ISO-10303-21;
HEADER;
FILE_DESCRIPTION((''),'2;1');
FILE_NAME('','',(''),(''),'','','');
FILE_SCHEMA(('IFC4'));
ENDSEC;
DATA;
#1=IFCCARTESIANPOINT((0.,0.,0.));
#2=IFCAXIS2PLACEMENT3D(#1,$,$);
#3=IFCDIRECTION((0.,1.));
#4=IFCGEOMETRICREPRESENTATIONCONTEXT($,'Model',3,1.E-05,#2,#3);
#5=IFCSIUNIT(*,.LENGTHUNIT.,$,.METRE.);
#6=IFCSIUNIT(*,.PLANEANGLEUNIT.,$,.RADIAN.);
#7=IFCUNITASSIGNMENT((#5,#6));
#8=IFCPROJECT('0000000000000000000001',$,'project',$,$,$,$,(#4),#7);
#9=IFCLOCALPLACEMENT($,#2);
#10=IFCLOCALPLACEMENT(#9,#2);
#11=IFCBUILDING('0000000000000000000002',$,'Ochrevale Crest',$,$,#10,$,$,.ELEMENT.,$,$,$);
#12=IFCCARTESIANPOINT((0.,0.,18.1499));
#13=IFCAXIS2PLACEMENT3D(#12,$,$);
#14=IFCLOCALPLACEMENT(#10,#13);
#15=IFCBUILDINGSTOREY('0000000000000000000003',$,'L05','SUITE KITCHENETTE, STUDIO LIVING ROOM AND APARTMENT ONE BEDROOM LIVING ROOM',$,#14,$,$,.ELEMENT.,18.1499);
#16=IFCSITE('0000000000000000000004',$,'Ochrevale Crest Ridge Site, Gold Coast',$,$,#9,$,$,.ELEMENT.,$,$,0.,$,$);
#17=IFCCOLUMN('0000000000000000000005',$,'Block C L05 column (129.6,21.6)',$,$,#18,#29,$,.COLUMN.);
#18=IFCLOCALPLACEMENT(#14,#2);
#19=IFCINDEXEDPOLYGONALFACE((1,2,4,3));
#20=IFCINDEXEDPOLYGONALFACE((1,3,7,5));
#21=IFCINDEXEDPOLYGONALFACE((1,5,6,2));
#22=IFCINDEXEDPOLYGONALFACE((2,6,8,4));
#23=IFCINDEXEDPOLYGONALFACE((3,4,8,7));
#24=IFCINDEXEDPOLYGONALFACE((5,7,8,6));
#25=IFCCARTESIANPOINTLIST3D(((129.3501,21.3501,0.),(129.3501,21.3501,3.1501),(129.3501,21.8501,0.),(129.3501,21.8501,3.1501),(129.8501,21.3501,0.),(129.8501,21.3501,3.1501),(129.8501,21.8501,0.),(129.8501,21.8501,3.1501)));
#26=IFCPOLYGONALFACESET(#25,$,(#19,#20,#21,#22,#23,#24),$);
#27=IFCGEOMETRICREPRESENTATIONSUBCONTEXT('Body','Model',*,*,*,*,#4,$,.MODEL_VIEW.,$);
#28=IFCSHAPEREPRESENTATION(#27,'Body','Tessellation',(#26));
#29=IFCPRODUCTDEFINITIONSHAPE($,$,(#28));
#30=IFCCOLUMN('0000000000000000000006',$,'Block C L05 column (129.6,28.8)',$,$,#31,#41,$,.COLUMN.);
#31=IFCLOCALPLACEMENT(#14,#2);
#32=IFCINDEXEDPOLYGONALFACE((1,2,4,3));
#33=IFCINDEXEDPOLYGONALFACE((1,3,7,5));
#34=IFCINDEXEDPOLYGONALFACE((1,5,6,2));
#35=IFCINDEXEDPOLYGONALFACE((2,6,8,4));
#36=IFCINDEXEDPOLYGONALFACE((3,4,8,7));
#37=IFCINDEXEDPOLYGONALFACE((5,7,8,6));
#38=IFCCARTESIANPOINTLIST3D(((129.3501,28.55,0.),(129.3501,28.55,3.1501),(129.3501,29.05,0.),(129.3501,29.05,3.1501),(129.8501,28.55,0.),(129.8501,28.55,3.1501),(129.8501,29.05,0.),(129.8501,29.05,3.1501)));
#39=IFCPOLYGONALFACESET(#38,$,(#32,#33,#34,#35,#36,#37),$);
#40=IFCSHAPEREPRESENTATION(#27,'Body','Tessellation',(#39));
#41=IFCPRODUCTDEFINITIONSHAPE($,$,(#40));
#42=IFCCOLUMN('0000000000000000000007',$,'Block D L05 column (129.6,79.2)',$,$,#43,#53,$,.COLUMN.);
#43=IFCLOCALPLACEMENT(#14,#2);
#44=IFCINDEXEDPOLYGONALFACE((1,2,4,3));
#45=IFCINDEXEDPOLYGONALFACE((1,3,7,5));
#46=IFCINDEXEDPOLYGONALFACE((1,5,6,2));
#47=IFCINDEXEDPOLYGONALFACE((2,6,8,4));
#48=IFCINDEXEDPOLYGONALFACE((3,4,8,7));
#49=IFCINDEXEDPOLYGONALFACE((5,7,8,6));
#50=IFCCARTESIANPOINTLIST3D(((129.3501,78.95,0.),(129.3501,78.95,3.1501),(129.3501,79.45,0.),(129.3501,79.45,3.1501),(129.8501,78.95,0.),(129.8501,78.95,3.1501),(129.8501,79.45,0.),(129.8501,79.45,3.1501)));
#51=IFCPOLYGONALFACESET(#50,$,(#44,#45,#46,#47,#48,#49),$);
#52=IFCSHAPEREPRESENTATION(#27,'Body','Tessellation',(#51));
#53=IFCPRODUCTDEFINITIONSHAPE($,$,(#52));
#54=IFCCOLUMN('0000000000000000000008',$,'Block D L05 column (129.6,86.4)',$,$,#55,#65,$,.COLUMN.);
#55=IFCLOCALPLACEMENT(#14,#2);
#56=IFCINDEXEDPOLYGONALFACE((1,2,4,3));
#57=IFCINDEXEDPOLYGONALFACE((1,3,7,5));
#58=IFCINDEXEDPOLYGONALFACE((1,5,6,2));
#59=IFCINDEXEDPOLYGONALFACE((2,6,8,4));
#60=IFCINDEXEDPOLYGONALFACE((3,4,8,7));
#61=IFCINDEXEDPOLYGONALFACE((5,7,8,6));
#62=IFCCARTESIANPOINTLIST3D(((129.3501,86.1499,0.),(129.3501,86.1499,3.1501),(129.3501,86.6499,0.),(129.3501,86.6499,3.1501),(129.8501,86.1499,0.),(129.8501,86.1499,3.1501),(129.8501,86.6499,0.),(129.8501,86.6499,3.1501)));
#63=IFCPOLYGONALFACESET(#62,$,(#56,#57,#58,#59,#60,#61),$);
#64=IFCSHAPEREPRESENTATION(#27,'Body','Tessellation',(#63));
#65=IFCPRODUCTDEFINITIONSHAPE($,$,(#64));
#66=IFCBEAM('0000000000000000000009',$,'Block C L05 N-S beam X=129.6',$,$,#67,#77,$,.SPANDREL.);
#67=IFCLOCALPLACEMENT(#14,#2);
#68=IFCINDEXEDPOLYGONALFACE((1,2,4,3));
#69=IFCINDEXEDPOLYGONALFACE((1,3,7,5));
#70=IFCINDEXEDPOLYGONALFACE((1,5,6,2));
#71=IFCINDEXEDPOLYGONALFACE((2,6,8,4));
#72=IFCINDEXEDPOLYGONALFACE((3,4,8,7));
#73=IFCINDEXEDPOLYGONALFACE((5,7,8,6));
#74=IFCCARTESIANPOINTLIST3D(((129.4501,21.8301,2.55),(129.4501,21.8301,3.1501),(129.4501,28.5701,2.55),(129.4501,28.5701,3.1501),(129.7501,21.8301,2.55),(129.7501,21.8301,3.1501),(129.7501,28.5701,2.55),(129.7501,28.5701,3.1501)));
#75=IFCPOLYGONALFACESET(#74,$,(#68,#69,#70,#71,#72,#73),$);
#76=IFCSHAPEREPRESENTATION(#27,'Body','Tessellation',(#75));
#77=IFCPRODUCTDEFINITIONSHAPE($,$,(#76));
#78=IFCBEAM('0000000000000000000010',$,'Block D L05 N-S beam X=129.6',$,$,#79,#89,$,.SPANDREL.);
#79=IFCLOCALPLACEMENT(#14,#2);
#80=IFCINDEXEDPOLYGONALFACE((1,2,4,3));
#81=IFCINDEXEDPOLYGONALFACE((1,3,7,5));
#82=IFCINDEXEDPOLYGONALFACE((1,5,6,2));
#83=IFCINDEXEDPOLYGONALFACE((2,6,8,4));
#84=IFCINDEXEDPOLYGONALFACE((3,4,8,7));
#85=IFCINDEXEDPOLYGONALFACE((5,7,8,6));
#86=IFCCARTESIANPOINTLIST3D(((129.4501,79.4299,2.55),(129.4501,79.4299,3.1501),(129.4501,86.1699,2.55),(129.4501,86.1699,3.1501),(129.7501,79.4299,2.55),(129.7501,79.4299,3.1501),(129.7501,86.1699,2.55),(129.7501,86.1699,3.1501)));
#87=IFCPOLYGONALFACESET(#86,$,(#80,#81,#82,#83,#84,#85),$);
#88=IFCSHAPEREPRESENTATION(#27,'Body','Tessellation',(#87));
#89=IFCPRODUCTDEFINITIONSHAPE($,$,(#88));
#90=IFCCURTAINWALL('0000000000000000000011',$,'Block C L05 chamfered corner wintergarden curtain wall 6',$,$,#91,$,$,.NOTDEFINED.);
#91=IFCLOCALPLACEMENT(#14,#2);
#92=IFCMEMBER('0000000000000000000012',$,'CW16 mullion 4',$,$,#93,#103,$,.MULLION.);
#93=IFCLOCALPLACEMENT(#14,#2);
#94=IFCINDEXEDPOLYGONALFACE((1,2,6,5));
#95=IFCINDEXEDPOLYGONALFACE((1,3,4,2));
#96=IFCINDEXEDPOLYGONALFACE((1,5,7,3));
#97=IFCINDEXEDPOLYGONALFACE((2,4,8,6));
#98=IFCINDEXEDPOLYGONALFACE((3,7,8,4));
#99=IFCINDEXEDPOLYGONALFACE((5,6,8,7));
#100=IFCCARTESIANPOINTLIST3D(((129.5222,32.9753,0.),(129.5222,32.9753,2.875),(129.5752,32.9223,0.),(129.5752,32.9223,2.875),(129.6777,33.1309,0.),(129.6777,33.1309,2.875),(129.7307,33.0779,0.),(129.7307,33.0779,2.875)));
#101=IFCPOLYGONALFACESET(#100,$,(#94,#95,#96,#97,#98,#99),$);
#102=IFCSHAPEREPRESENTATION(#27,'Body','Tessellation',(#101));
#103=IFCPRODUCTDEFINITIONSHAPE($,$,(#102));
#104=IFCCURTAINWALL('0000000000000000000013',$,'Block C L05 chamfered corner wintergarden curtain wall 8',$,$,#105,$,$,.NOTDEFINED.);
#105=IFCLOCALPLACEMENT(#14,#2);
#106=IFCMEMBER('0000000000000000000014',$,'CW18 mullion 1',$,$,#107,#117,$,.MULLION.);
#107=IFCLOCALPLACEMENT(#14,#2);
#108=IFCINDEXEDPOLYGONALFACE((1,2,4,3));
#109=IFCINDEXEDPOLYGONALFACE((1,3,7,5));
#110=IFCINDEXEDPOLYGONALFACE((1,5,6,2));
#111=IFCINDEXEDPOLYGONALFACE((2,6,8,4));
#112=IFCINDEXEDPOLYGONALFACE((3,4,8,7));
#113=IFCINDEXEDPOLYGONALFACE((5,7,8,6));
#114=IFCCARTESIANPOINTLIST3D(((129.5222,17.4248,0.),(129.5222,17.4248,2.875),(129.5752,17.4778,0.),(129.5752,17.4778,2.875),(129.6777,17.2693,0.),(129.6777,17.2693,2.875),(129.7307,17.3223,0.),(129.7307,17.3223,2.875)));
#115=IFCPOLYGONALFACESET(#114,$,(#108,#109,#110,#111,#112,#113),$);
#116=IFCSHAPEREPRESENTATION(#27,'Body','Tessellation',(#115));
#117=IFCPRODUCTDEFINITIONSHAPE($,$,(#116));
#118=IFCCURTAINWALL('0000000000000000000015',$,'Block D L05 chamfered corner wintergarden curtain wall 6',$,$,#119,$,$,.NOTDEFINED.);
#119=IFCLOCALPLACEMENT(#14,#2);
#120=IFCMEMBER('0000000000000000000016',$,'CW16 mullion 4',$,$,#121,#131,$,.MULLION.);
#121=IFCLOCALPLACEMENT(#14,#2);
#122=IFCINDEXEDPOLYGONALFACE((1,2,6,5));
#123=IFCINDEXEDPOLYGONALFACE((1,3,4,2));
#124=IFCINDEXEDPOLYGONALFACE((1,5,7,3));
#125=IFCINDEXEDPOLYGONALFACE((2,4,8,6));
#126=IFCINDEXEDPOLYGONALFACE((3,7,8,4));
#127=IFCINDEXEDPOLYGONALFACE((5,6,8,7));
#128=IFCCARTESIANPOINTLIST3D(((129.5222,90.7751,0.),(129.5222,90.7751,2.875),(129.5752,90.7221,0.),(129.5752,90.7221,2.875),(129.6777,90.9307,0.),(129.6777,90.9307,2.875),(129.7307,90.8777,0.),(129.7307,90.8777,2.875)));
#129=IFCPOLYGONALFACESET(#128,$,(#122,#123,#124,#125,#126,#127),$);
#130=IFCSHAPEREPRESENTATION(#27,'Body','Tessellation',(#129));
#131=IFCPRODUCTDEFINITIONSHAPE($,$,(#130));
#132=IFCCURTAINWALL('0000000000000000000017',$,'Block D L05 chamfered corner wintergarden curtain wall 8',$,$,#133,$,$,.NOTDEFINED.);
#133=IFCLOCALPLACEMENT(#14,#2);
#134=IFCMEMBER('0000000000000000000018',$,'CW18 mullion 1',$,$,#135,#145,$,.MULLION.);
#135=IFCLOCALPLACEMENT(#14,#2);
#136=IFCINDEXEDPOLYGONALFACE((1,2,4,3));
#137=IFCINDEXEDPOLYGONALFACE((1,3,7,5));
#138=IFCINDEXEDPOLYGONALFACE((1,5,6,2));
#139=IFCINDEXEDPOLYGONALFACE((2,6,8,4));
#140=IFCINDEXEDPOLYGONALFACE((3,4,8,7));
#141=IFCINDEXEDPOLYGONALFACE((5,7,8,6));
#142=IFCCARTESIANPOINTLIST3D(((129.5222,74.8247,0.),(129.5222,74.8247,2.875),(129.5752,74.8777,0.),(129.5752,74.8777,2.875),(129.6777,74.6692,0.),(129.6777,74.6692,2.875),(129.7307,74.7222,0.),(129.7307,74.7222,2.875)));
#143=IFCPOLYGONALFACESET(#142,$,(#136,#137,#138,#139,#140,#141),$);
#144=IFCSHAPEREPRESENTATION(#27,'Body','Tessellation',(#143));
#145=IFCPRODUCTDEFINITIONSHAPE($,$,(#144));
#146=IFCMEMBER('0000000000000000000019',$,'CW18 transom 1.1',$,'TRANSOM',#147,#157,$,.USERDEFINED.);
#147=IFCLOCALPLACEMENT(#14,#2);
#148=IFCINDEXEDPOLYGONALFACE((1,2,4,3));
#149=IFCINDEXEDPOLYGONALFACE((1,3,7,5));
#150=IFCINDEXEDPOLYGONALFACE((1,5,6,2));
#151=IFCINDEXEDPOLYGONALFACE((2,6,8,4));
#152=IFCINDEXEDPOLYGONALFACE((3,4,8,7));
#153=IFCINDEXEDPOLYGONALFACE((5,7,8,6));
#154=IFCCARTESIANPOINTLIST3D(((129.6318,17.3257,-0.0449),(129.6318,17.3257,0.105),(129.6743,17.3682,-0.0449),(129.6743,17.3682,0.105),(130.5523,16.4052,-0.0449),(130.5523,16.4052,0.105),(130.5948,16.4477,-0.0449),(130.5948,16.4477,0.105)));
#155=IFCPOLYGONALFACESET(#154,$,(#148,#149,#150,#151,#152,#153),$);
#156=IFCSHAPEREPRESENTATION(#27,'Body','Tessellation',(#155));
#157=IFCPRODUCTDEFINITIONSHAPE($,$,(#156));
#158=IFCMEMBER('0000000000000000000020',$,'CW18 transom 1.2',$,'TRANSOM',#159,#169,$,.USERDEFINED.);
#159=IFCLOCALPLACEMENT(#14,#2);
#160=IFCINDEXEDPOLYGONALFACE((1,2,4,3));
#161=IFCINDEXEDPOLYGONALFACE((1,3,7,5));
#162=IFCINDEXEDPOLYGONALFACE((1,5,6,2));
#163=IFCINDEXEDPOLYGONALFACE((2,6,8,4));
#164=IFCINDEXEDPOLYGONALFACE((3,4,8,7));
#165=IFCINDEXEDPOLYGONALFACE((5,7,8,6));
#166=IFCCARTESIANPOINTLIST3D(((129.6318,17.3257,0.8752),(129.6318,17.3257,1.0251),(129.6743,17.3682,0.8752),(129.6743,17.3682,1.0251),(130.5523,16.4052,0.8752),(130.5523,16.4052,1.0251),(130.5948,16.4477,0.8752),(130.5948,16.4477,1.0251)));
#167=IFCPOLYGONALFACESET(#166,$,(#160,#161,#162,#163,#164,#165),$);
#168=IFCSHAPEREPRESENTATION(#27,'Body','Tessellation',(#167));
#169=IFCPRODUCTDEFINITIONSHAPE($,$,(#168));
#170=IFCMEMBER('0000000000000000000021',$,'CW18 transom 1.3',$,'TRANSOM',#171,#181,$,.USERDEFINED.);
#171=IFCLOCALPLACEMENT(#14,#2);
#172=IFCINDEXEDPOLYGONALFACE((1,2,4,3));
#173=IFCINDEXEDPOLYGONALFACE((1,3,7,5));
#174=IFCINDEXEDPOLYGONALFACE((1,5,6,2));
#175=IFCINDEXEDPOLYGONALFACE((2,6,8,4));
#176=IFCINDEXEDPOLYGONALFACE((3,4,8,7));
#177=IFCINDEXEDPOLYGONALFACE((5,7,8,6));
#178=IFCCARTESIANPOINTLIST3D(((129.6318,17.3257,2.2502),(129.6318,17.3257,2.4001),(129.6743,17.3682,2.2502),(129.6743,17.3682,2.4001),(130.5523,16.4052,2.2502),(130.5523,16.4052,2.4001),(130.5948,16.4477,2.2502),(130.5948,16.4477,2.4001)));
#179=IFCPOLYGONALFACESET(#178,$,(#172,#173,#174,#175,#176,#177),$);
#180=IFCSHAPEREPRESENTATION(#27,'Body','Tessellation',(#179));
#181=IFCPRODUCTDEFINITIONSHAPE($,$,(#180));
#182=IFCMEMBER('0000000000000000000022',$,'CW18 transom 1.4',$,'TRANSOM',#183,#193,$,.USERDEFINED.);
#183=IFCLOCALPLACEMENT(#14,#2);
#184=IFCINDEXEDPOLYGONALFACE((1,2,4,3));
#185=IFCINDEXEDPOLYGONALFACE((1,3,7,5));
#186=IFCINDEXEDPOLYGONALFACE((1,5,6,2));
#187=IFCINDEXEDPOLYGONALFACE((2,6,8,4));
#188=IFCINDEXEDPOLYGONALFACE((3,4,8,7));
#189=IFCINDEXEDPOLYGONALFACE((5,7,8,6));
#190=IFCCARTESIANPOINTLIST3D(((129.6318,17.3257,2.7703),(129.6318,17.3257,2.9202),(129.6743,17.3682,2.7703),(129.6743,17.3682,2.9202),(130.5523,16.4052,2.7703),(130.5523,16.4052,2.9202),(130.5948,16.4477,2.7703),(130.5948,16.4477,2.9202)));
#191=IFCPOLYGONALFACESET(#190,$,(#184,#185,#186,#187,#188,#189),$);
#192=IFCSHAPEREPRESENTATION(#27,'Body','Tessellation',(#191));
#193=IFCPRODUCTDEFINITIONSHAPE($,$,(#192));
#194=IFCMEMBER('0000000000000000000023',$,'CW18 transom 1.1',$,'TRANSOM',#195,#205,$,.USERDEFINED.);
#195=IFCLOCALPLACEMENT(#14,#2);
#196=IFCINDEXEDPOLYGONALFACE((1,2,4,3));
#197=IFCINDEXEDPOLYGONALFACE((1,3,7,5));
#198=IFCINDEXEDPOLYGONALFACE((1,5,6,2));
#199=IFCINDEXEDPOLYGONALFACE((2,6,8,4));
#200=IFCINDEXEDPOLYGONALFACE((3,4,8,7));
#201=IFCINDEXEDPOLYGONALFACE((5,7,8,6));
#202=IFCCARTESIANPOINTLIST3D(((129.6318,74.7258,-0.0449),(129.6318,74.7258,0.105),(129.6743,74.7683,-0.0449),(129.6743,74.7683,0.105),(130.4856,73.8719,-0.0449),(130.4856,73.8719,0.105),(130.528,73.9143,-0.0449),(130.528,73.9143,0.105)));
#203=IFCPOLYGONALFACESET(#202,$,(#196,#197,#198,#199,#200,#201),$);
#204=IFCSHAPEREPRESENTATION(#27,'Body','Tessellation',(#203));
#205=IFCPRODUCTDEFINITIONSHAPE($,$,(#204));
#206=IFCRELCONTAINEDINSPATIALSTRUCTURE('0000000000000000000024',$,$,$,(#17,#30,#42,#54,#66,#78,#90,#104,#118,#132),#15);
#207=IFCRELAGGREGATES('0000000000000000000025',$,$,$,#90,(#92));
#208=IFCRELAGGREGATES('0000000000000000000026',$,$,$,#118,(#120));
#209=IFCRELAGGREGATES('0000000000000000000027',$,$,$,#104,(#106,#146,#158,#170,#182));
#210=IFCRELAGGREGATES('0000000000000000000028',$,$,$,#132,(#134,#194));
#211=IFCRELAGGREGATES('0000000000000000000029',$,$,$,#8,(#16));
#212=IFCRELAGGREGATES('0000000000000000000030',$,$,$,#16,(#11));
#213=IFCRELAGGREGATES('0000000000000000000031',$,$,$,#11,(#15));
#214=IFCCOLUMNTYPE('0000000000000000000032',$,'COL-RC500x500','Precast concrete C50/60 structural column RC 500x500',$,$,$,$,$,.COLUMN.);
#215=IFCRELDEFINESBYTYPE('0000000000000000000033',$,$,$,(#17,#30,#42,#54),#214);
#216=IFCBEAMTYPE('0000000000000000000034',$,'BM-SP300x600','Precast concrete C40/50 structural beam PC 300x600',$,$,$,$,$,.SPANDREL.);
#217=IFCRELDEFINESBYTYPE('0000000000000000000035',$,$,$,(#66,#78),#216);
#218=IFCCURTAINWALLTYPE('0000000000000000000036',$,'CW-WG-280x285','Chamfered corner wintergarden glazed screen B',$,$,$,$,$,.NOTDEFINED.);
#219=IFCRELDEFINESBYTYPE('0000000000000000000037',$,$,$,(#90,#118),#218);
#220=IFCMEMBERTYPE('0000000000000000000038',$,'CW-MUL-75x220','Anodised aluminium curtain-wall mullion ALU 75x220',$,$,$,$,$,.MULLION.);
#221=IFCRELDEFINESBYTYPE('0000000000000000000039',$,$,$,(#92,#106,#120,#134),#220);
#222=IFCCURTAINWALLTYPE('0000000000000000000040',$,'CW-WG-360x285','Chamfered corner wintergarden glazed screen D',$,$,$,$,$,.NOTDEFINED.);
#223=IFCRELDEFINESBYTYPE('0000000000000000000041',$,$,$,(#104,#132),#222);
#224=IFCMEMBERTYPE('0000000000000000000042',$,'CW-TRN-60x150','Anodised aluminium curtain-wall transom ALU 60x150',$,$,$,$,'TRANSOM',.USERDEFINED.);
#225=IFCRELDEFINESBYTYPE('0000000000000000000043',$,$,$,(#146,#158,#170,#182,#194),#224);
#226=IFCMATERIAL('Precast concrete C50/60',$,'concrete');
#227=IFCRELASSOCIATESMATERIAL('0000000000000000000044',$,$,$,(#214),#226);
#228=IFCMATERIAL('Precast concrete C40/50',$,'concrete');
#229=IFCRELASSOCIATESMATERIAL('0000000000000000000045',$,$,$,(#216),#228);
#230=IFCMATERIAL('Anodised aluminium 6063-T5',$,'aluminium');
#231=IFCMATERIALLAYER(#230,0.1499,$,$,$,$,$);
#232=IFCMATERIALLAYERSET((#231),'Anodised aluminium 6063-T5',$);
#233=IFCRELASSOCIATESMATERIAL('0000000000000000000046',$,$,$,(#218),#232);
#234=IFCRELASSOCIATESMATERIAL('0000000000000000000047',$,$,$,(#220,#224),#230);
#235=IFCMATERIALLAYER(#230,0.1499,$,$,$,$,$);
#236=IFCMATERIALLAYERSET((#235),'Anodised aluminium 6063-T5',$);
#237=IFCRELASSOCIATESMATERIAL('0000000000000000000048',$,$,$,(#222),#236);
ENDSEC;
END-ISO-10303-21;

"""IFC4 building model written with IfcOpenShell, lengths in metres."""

from ifc_helpers import new_model, si_unit, direction, frame, origin, origin_2d, place, context, subcontext, project, spatial, rectangle, extrude, material, layer, layer_set, material_profile, profile_set, type_object, element, aggregate, save


model = new_model("IFC4")

# Units and contexts
model_context = context("Model", 3, precision=1e-05, world=origin(), true_north=direction((0.0, 1.0)))
body_context = subcontext(model_context, "Body", "Model", "MODEL_VIEW")
ifc_project = project(units=[si_unit("LENGTHUNIT", "METRE"), si_unit("PLANEANGLEUNIT", "RADIAN")], contexts=[model_context])

# Site, building, storey
site_placement = place(None, origin())
site = spatial("IfcSite", under=ifc_project, at=site_placement, Name="Ochrevale Crest Ridge Site, Gold Coast", CompositionType="ELEMENT", RefElevation=0.0)
building_placement = place(site_placement, origin())
building = spatial("IfcBuilding", under=site, at=building_placement, Name="Ochrevale Crest", CompositionType="ELEMENT")
storey_placement = place(building_placement, frame((0.0, 0.0, 18.1499)))
storey = spatial("IfcBuildingStorey", under=building, at=storey_placement, Name="L05", Description="SUITE KITCHENETTE, STUDIO LIVING ROOM AND APARTMENT ONE BEDROOM LIVING ROOM", CompositionType="ELEMENT", Elevation=18.1499)

# Columns
ifc_material_1 = material(Name="Precast concrete C50/60", Category="concrete")
ifc_material_profile_1 = material_profile(ifc_material_1, rectangle(XDim=0.5, YDim=0.5, at=origin_2d()), Name="RC 500x500")
ifc_profile_set_1 = profile_set([ifc_material_profile_1], Name="Precast concrete C50/60")
column_type = type_object("IfcColumnType", Name="COL-RC500x500", Description="Precast concrete C50/60 structural column RC 500x500", PredefinedType="COLUMN", material=ifc_profile_set_1)
for number, where, z_axis, x_axis, name in (
    (1, (129.6001, 21.6001, 0.0), (0.0, 0.0, 1.0), (1.0, 0.0, 0.0), "Block C L05 column (129.6,21.6)"),
    (2, (129.6001, 28.8, 0.0), (0.0, 0.0, 1.0), (1.0, 0.0, 0.0), "Block C L05 column (129.6,28.8)"),
    (3, (129.6001, 79.2, 0.0), (0.0, 0.0, 1.0), (1.0, 0.0, 0.0), "Block D L05 column (129.6,79.2)"),
    (4, (129.6001, 86.3999, 0.0), (0.0, 0.0, 1.0), (1.0, 0.0, 0.0), "Block D L05 column (129.6,86.4)"),
):
    element("IfcColumn", number, at=place(storey_placement, frame(where, z_axis=z_axis, x_axis=x_axis)), inside=storey, type_object=column_type, Name=name, PredefinedType="COLUMN", context=body_context, shape_type="SweptSolid", body=[
        extrude(rectangle(XDim=0.5, YDim=0.5, at=origin_2d()), origin(), (0.0, 0.0, 1.0), 3.1501),
    ])

# Beams
ifc_material_2 = material(Name="Precast concrete C40/50", Category="concrete")
ifc_material_profile_2 = material_profile(ifc_material_2, rectangle(XDim=0.3, YDim=0.6001, at=origin_2d()), Name="PC 300x600")
ifc_profile_set_2 = profile_set([ifc_material_profile_2], Name="Precast concrete C40/50")
beam_type = type_object("IfcBeamType", Name="BM-SP300x600", Description="Precast concrete C40/50 structural beam PC 300x600", PredefinedType="SPANDREL", material=ifc_profile_set_2)
for number, where, z_axis, x_axis, name in (
    (5, (129.6001, 21.8301, 2.8501), (0.0, 1.0, 0.0), (-1.0, 0.0, 0.0), "Block C L05 N-S beam X=129.6"),
    (6, (129.6001, 79.4299, 2.8501), (0.0, 1.0, 0.0), (-1.0, 0.0, 0.0), "Block D L05 N-S beam X=129.6"),
):
    element("IfcBeam", number, at=place(storey_placement, frame(where, z_axis=z_axis, x_axis=x_axis)), inside=storey, type_object=beam_type, Name=name, PredefinedType="SPANDREL", context=body_context, shape_type="SweptSolid", body=[
        extrude(rectangle(XDim=0.3, YDim=0.6001, at=origin_2d()), origin(), (0.0, 0.0, 1.0), 6.74),
    ])

# Curtain walls, members
ifc_material_3 = material(Name="Anodised aluminium 6063-T5", Category="aluminium")
ifc_layer_1 = layer(ifc_material_3, 0.1499)
ifc_layer_set_1 = layer_set([ifc_layer_1], Name="Anodised aluminium 6063-T5")
curtain_wall_type_1 = type_object("IfcCurtainWallType", Name="CW-WG-280x285", Description="Chamfered corner wintergarden glazed screen B", PredefinedType="NOTDEFINED", material=ifc_layer_set_1)
curtain_wall_1_placement = place(storey_placement, origin())
curtain_wall_1 = element("IfcCurtainWall", 7, at=curtain_wall_1_placement, inside=storey, type_object=curtain_wall_type_1, Name="Block C L05 chamfered corner wintergarden curtain wall 6", PredefinedType="NOTDEFINED")
ifc_material_profile_3 = material_profile(ifc_material_3, rectangle(XDim=0.075, YDim=0.22, at=origin_2d()), Name="ALU 75x220")
ifc_profile_set_3 = profile_set([ifc_material_profile_3], Name="Anodised aluminium 6063-T5")
member_type_1 = type_object("IfcMemberType", Name="CW-MUL-75x220", Description="Anodised aluminium curtain-wall mullion ALU 75x220", PredefinedType="MULLION", material=ifc_profile_set_3)
member_1_placement = place(storey_placement, frame((129.6265, 33.0266, 0.0), z_axis=(0.0, 0.0, 1.0), x_axis=(0.707107, -0.707107, 0.0)))
member_1 = element("IfcMember", 8, at=member_1_placement, type_object=member_type_1, Name="CW16 mullion 4", PredefinedType="MULLION", context=body_context, shape_type="SweptSolid", body=[
    extrude(rectangle(XDim=0.075, YDim=0.22, at=origin_2d()), origin(), (0.0, 0.0, 1.0), 2.875),
])
aggregate(curtain_wall_1, [member_1])
ifc_layer_2 = layer(ifc_material_3, 0.1499)
ifc_layer_set_2 = layer_set([ifc_layer_2], Name="Anodised aluminium 6063-T5")
curtain_wall_type_2 = type_object("IfcCurtainWallType", Name="CW-WG-360x285", Description="Chamfered corner wintergarden glazed screen D", PredefinedType="NOTDEFINED", material=ifc_layer_set_2)
curtain_wall_2_placement = place(storey_placement, origin())
curtain_wall_2 = element("IfcCurtainWall", 9, at=curtain_wall_2_placement, inside=storey, type_object=curtain_wall_type_2, Name="Block C L05 chamfered corner wintergarden curtain wall 8", PredefinedType="NOTDEFINED")
member_2_placement = place(storey_placement, frame((129.6265, 17.3735, 0.0), z_axis=(0.0, 0.0, 1.0), x_axis=(0.707107, 0.707107, 0.0)))
member_2 = element("IfcMember", 10, at=member_2_placement, type_object=member_type_1, Name="CW18 mullion 1", PredefinedType="MULLION", context=body_context, shape_type="SweptSolid", body=[
    extrude(rectangle(XDim=0.075, YDim=0.22, at=origin_2d()), origin(), (0.0, 0.0, 1.0), 2.875),
])
curtain_wall_3_placement = place(storey_placement, origin())
curtain_wall_3 = element("IfcCurtainWall", 11, at=curtain_wall_3_placement, inside=storey, type_object=curtain_wall_type_1, Name="Block D L05 chamfered corner wintergarden curtain wall 6", PredefinedType="NOTDEFINED")
member_3_placement = place(storey_placement, frame((129.6265, 90.8264, 0.0), z_axis=(0.0, 0.0, 1.0), x_axis=(0.707107, -0.707107, 0.0)))
member_3 = element("IfcMember", 12, at=member_3_placement, type_object=member_type_1, Name="CW16 mullion 4", PredefinedType="MULLION", context=body_context, shape_type="SweptSolid", body=[
    extrude(rectangle(XDim=0.075, YDim=0.22, at=origin_2d()), origin(), (0.0, 0.0, 1.0), 2.875),
])
aggregate(curtain_wall_3, [member_3])
curtain_wall_4_placement = place(storey_placement, origin())
curtain_wall_4 = element("IfcCurtainWall", 13, at=curtain_wall_4_placement, inside=storey, type_object=curtain_wall_type_2, Name="Block D L05 chamfered corner wintergarden curtain wall 8", PredefinedType="NOTDEFINED")
member_4_placement = place(storey_placement, frame((129.6265, 74.7734, 0.0), z_axis=(0.0, 0.0, 1.0), x_axis=(0.707107, 0.707107, 0.0)))
member_4 = element("IfcMember", 14, at=member_4_placement, type_object=member_type_1, Name="CW18 mullion 1", PredefinedType="MULLION", context=body_context, shape_type="SweptSolid", body=[
    extrude(rectangle(XDim=0.075, YDim=0.22, at=origin_2d()), origin(), (0.0, 0.0, 1.0), 2.875),
])

# Members
ifc_material_profile_4 = material_profile(ifc_material_3, rectangle(XDim=0.0601, YDim=0.1499, at=origin_2d()), Name="ALU 60x150")
ifc_profile_set_4 = profile_set([ifc_material_profile_4], Name="Anodised aluminium 6063-T5")
member_type_2 = type_object("IfcMemberType", Name="CW-TRN-60x150", Description="Anodised aluminium curtain-wall transom ALU 60x150", ElementType="TRANSOM", PredefinedType="USERDEFINED", material=ifc_profile_set_4)
member_5_placement = place(storey_placement, frame((129.6531, 17.3469, 0.03), z_axis=(0.707107, -0.707107, 0.0), x_axis=(0.707107, 0.707107, 0.0)))
member_5 = element("IfcMember", 15, at=member_5_placement, type_object=member_type_2, Name="CW18 transom 1.1", ObjectType="TRANSOM", PredefinedType="USERDEFINED", context=body_context, shape_type="SweptSolid", body=[
    extrude(rectangle(XDim=0.0601, YDim=0.1499, at=origin_2d()), origin(), (0.0, 0.0, 1.0), 1.3018),
])
member_6_placement = place(storey_placement, frame((129.6531, 17.3469, 0.9502), z_axis=(0.707107, -0.707107, 0.0), x_axis=(0.707107, 0.707107, 0.0)))
member_6 = element("IfcMember", 16, at=member_6_placement, type_object=member_type_2, Name="CW18 transom 1.2", ObjectType="TRANSOM", PredefinedType="USERDEFINED", context=body_context, shape_type="SweptSolid", body=[
    extrude(rectangle(XDim=0.0601, YDim=0.1499, at=origin_2d()), origin(), (0.0, 0.0, 1.0), 1.3018),
])
member_7_placement = place(storey_placement, frame((129.6531, 17.3469, 2.3252), z_axis=(0.707107, -0.707107, 0.0), x_axis=(0.707107, 0.707107, 0.0)))
member_7 = element("IfcMember", 17, at=member_7_placement, type_object=member_type_2, Name="CW18 transom 1.3", ObjectType="TRANSOM", PredefinedType="USERDEFINED", context=body_context, shape_type="SweptSolid", body=[
    extrude(rectangle(XDim=0.0601, YDim=0.1499, at=origin_2d()), origin(), (0.0, 0.0, 1.0), 1.3018),
])
member_8_placement = place(storey_placement, frame((129.6531, 17.3469, 2.8452), z_axis=(0.707107, -0.707107, 0.0), x_axis=(0.707107, 0.707107, 0.0)))
member_8 = element("IfcMember", 18, at=member_8_placement, type_object=member_type_2, Name="CW18 transom 1.4", ObjectType="TRANSOM", PredefinedType="USERDEFINED", context=body_context, shape_type="SweptSolid", body=[
    extrude(rectangle(XDim=0.0601, YDim=0.1499, at=origin_2d()), origin(), (0.0, 0.0, 1.0), 1.3018),
])
aggregate(curtain_wall_2, [member_2, member_5, member_6, member_7, member_8])
member_9_placement = place(storey_placement, frame((129.6531, 74.7471, 0.03), z_axis=(0.707006, -0.707208, 0.0), x_axis=(0.707208, 0.707006, 0.0)))
member_9 = element("IfcMember", 19, at=member_9_placement, type_object=member_type_2, Name="CW18 transom 1.1", ObjectType="TRANSOM", PredefinedType="USERDEFINED", context=body_context, shape_type="SweptSolid", body=[
    extrude(rectangle(XDim=0.0601, YDim=0.1499, at=origin_2d()), origin(), (0.0, 0.0, 1.0), 1.2075),
])
aggregate(curtain_wall_4, [member_4, member_9])

save(model, "model.ifc")
